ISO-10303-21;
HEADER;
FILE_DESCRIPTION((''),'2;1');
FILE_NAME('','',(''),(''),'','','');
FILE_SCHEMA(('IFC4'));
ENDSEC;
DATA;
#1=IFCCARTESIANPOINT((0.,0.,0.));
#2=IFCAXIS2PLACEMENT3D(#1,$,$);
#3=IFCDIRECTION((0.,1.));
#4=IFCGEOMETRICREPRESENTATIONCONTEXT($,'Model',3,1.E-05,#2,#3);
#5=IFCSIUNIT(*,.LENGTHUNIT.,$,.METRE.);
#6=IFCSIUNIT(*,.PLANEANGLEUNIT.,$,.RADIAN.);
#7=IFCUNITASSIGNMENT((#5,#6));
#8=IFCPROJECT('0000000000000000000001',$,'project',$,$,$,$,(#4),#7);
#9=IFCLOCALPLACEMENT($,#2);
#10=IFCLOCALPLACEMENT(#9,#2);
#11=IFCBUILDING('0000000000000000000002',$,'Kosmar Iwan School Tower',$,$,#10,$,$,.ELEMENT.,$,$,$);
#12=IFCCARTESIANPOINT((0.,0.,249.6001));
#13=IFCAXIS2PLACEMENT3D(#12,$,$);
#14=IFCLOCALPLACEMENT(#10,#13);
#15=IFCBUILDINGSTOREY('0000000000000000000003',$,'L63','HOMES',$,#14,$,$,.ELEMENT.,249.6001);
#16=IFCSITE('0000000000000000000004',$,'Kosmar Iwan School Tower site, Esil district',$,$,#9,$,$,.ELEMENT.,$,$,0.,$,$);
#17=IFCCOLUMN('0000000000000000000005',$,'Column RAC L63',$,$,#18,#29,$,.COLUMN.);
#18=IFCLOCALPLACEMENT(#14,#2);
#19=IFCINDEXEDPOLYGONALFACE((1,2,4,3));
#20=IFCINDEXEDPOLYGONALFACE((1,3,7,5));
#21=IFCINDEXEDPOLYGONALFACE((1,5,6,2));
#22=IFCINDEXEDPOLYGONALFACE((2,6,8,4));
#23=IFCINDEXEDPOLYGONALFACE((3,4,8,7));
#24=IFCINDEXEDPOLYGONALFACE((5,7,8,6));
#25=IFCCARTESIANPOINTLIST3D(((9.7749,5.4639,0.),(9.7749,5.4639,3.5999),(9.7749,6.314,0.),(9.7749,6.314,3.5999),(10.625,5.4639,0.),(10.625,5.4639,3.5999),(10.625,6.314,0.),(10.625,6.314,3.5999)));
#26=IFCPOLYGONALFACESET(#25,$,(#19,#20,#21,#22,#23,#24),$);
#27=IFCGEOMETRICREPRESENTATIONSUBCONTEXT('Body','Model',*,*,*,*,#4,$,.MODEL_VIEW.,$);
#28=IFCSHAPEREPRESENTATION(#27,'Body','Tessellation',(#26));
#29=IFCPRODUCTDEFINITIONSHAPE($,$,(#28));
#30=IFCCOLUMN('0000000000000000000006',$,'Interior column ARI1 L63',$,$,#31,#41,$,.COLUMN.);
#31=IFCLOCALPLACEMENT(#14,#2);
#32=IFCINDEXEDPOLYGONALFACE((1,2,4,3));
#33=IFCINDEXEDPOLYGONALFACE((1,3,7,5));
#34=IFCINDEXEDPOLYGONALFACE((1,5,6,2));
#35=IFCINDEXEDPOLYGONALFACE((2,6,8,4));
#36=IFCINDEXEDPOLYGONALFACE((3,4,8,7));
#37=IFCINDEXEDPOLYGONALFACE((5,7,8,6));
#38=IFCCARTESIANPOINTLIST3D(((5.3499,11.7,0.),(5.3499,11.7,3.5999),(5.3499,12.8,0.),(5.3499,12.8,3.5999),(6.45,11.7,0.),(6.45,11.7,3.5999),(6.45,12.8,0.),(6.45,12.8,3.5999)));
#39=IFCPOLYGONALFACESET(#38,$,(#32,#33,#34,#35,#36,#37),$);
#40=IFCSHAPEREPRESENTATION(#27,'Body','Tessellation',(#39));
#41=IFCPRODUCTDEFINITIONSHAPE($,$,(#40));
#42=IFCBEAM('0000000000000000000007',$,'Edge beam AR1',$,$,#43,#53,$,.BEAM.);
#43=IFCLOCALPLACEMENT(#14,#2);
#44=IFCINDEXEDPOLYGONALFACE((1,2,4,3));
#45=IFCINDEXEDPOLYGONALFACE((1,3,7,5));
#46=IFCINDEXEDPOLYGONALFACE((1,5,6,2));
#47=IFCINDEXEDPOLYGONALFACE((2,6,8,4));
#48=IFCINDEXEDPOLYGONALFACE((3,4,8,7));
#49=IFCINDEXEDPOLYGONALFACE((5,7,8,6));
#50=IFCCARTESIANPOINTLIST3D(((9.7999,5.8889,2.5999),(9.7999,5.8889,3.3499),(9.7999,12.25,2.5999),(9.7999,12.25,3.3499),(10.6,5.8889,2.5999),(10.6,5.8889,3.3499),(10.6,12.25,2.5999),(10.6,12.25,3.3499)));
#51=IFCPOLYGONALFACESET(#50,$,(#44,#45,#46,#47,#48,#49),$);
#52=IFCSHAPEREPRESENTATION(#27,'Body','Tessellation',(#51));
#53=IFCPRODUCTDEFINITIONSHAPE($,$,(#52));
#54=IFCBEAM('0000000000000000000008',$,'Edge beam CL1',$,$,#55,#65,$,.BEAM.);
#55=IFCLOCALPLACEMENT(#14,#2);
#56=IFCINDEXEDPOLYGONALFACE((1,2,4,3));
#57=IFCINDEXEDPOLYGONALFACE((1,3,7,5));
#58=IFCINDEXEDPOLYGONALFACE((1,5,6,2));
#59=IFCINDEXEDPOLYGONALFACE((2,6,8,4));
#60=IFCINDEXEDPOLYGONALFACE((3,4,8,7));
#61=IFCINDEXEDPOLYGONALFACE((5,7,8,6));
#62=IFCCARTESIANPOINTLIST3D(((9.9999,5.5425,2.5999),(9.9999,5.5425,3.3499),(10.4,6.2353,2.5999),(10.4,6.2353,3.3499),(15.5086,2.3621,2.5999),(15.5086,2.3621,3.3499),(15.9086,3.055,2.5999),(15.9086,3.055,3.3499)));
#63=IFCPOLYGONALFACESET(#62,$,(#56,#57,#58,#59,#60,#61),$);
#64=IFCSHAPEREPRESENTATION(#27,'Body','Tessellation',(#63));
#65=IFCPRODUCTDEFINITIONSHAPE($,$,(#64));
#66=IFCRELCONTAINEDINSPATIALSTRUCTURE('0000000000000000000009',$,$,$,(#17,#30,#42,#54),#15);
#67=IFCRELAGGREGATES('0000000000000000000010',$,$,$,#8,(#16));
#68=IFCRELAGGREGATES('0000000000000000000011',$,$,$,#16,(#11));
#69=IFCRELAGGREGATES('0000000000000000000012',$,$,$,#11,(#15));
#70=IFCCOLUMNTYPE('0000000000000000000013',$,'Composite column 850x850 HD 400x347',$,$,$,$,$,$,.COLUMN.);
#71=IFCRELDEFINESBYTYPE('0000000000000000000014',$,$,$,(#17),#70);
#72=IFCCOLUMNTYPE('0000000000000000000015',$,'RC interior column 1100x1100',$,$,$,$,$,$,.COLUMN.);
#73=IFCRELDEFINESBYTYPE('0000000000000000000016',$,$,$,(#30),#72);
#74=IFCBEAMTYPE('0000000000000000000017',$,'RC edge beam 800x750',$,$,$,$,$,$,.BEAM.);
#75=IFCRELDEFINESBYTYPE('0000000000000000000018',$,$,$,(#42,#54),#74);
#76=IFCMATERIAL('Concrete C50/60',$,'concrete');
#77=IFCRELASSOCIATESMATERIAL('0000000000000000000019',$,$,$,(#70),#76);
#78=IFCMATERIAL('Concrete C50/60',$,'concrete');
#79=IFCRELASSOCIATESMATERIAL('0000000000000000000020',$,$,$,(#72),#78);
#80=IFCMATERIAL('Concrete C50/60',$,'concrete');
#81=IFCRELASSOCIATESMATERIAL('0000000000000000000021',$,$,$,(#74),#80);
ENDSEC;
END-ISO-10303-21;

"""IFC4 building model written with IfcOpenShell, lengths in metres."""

from ifc_helpers import new_model, si_unit, direction, frame, origin, origin_2d, place, context, subcontext, project, spatial, rectangle, extrude, material, material_profile, profile_set, type_object, element, save


model = new_model("IFC4")

# Units and contexts
model_context = context("Model", 3, precision=1e-05, world=origin(), true_north=direction((0.0, 1.0)))
body_context = subcontext(model_context, "Body", "Model", "MODEL_VIEW")
ifc_project = project(units=[si_unit("LENGTHUNIT", "METRE"), si_unit("PLANEANGLEUNIT", "RADIAN")], contexts=[model_context])

# Site, building, storey
site_placement = place(None, origin())
site = spatial("IfcSite", under=ifc_project, at=site_placement, Name="Kosmar Iwan School Tower site, Esil district", CompositionType="ELEMENT", RefElevation=0.0)
building_placement = place(site_placement, origin())
building = spatial("IfcBuilding", under=site, at=building_placement, Name="Kosmar Iwan School Tower", CompositionType="ELEMENT")
storey_placement = place(building_placement, frame((0.0, 0.0, 249.6001)))
storey = spatial("IfcBuildingStorey", under=building, at=storey_placement, Name="L63", Description="HOMES", CompositionType="ELEMENT", Elevation=249.6001)

# Columns
ifc_material_1 = material(Name="Concrete C50/60", Category="concrete")
ifc_material_profile_1 = material_profile(ifc_material_1, rectangle(XDim=0.8501, YDim=0.8501, at=origin_2d()), Name="RC 850x850 + HD 400x347")
ifc_profile_set_1 = profile_set([ifc_material_profile_1], Name="Concrete C50/60")
column_type_1 = type_object("IfcColumnType", Name="Composite column 850x850 HD 400x347", PredefinedType="COLUMN", material=ifc_profile_set_1)
column_1_placement = place(storey_placement, frame((10.2, 5.8889, 0.0), z_axis=(0.0, 0.0, 1.0), x_axis=(1.0, 0.0, 0.0)))
element("IfcColumn", 1, at=column_1_placement, inside=storey, type_object=column_type_1, Name="Column RAC L63", PredefinedType="COLUMN", context=body_context, shape_type="SweptSolid", body=[
    extrude(rectangle(XDim=0.8501, YDim=0.8501, at=origin_2d()), origin(), (0.0, 0.0, 1.0), 3.5999),
])
ifc_material_2 = material(Name="Concrete C50/60", Category="concrete")
ifc_material_profile_2 = material_profile(ifc_material_2, rectangle(XDim=1.1001, YDim=1.1001, at=origin_2d()), Name="RC 1100x1100")
ifc_profile_set_2 = profile_set([ifc_material_profile_2], Name="Concrete C50/60")
column_type_2 = type_object("IfcColumnType", Name="RC interior column 1100x1100", PredefinedType="COLUMN", material=ifc_profile_set_2)
column_2_placement = place(storey_placement, frame((5.8999, 12.25, 0.0), z_axis=(0.0, 0.0, 1.0), x_axis=(0.0, 1.0, 0.0)))
element("IfcColumn", 2, at=column_2_placement, inside=storey, type_object=column_type_2, Name="Interior column ARI1 L63", PredefinedType="COLUMN", context=body_context, shape_type="SweptSolid", body=[
    extrude(rectangle(XDim=1.1001, YDim=1.1001, at=origin_2d()), origin(), (0.0, 0.0, 1.0), 3.5999),
])

# Beams
ifc_material_3 = material(Name="Concrete C50/60", Category="concrete")
ifc_material_profile_3 = material_profile(ifc_material_3, rectangle(XDim=0.8, YDim=0.75, at=origin_2d()), Name="RC 800x750")
ifc_profile_set_3 = profile_set([ifc_material_profile_3], Name="Concrete C50/60")
beam_type = type_object("IfcBeamType", Name="RC edge beam 800x750", PredefinedType="BEAM", material=ifc_profile_set_3)
beam_1_placement = place(storey_placement, frame((10.2, 5.8889, 2.9749), z_axis=(0.0, 1.0, 0.0), x_axis=(-1.0, 0.0, 0.0)))
element("IfcBeam", 3, at=beam_1_placement, inside=storey, type_object=beam_type, Name="Edge beam AR1", PredefinedType="BEAM", context=body_context, shape_type="SweptSolid", body=[
    extrude(rectangle(XDim=0.8, YDim=0.75, at=origin_2d()), origin(), (0.0, 0.0, 1.0), 6.3611),
])
beam_2_placement = place(storey_placement, frame((10.2, 5.8889, 2.9749), z_axis=(0.866031, -0.49999, 0.0), x_axis=(0.49999, 0.866031, 0.0)))
element("IfcBeam", 4, at=beam_2_placement, inside=storey, type_object=beam_type, Name="Edge beam CL1", PredefinedType="BEAM", context=body_context, shape_type="SweptSolid", body=[
    extrude(rectangle(XDim=0.8, YDim=0.75, at=origin_2d()), origin(), (0.0, 0.0, 1.0), 6.3608),
])

save(model, "model.ifc")
